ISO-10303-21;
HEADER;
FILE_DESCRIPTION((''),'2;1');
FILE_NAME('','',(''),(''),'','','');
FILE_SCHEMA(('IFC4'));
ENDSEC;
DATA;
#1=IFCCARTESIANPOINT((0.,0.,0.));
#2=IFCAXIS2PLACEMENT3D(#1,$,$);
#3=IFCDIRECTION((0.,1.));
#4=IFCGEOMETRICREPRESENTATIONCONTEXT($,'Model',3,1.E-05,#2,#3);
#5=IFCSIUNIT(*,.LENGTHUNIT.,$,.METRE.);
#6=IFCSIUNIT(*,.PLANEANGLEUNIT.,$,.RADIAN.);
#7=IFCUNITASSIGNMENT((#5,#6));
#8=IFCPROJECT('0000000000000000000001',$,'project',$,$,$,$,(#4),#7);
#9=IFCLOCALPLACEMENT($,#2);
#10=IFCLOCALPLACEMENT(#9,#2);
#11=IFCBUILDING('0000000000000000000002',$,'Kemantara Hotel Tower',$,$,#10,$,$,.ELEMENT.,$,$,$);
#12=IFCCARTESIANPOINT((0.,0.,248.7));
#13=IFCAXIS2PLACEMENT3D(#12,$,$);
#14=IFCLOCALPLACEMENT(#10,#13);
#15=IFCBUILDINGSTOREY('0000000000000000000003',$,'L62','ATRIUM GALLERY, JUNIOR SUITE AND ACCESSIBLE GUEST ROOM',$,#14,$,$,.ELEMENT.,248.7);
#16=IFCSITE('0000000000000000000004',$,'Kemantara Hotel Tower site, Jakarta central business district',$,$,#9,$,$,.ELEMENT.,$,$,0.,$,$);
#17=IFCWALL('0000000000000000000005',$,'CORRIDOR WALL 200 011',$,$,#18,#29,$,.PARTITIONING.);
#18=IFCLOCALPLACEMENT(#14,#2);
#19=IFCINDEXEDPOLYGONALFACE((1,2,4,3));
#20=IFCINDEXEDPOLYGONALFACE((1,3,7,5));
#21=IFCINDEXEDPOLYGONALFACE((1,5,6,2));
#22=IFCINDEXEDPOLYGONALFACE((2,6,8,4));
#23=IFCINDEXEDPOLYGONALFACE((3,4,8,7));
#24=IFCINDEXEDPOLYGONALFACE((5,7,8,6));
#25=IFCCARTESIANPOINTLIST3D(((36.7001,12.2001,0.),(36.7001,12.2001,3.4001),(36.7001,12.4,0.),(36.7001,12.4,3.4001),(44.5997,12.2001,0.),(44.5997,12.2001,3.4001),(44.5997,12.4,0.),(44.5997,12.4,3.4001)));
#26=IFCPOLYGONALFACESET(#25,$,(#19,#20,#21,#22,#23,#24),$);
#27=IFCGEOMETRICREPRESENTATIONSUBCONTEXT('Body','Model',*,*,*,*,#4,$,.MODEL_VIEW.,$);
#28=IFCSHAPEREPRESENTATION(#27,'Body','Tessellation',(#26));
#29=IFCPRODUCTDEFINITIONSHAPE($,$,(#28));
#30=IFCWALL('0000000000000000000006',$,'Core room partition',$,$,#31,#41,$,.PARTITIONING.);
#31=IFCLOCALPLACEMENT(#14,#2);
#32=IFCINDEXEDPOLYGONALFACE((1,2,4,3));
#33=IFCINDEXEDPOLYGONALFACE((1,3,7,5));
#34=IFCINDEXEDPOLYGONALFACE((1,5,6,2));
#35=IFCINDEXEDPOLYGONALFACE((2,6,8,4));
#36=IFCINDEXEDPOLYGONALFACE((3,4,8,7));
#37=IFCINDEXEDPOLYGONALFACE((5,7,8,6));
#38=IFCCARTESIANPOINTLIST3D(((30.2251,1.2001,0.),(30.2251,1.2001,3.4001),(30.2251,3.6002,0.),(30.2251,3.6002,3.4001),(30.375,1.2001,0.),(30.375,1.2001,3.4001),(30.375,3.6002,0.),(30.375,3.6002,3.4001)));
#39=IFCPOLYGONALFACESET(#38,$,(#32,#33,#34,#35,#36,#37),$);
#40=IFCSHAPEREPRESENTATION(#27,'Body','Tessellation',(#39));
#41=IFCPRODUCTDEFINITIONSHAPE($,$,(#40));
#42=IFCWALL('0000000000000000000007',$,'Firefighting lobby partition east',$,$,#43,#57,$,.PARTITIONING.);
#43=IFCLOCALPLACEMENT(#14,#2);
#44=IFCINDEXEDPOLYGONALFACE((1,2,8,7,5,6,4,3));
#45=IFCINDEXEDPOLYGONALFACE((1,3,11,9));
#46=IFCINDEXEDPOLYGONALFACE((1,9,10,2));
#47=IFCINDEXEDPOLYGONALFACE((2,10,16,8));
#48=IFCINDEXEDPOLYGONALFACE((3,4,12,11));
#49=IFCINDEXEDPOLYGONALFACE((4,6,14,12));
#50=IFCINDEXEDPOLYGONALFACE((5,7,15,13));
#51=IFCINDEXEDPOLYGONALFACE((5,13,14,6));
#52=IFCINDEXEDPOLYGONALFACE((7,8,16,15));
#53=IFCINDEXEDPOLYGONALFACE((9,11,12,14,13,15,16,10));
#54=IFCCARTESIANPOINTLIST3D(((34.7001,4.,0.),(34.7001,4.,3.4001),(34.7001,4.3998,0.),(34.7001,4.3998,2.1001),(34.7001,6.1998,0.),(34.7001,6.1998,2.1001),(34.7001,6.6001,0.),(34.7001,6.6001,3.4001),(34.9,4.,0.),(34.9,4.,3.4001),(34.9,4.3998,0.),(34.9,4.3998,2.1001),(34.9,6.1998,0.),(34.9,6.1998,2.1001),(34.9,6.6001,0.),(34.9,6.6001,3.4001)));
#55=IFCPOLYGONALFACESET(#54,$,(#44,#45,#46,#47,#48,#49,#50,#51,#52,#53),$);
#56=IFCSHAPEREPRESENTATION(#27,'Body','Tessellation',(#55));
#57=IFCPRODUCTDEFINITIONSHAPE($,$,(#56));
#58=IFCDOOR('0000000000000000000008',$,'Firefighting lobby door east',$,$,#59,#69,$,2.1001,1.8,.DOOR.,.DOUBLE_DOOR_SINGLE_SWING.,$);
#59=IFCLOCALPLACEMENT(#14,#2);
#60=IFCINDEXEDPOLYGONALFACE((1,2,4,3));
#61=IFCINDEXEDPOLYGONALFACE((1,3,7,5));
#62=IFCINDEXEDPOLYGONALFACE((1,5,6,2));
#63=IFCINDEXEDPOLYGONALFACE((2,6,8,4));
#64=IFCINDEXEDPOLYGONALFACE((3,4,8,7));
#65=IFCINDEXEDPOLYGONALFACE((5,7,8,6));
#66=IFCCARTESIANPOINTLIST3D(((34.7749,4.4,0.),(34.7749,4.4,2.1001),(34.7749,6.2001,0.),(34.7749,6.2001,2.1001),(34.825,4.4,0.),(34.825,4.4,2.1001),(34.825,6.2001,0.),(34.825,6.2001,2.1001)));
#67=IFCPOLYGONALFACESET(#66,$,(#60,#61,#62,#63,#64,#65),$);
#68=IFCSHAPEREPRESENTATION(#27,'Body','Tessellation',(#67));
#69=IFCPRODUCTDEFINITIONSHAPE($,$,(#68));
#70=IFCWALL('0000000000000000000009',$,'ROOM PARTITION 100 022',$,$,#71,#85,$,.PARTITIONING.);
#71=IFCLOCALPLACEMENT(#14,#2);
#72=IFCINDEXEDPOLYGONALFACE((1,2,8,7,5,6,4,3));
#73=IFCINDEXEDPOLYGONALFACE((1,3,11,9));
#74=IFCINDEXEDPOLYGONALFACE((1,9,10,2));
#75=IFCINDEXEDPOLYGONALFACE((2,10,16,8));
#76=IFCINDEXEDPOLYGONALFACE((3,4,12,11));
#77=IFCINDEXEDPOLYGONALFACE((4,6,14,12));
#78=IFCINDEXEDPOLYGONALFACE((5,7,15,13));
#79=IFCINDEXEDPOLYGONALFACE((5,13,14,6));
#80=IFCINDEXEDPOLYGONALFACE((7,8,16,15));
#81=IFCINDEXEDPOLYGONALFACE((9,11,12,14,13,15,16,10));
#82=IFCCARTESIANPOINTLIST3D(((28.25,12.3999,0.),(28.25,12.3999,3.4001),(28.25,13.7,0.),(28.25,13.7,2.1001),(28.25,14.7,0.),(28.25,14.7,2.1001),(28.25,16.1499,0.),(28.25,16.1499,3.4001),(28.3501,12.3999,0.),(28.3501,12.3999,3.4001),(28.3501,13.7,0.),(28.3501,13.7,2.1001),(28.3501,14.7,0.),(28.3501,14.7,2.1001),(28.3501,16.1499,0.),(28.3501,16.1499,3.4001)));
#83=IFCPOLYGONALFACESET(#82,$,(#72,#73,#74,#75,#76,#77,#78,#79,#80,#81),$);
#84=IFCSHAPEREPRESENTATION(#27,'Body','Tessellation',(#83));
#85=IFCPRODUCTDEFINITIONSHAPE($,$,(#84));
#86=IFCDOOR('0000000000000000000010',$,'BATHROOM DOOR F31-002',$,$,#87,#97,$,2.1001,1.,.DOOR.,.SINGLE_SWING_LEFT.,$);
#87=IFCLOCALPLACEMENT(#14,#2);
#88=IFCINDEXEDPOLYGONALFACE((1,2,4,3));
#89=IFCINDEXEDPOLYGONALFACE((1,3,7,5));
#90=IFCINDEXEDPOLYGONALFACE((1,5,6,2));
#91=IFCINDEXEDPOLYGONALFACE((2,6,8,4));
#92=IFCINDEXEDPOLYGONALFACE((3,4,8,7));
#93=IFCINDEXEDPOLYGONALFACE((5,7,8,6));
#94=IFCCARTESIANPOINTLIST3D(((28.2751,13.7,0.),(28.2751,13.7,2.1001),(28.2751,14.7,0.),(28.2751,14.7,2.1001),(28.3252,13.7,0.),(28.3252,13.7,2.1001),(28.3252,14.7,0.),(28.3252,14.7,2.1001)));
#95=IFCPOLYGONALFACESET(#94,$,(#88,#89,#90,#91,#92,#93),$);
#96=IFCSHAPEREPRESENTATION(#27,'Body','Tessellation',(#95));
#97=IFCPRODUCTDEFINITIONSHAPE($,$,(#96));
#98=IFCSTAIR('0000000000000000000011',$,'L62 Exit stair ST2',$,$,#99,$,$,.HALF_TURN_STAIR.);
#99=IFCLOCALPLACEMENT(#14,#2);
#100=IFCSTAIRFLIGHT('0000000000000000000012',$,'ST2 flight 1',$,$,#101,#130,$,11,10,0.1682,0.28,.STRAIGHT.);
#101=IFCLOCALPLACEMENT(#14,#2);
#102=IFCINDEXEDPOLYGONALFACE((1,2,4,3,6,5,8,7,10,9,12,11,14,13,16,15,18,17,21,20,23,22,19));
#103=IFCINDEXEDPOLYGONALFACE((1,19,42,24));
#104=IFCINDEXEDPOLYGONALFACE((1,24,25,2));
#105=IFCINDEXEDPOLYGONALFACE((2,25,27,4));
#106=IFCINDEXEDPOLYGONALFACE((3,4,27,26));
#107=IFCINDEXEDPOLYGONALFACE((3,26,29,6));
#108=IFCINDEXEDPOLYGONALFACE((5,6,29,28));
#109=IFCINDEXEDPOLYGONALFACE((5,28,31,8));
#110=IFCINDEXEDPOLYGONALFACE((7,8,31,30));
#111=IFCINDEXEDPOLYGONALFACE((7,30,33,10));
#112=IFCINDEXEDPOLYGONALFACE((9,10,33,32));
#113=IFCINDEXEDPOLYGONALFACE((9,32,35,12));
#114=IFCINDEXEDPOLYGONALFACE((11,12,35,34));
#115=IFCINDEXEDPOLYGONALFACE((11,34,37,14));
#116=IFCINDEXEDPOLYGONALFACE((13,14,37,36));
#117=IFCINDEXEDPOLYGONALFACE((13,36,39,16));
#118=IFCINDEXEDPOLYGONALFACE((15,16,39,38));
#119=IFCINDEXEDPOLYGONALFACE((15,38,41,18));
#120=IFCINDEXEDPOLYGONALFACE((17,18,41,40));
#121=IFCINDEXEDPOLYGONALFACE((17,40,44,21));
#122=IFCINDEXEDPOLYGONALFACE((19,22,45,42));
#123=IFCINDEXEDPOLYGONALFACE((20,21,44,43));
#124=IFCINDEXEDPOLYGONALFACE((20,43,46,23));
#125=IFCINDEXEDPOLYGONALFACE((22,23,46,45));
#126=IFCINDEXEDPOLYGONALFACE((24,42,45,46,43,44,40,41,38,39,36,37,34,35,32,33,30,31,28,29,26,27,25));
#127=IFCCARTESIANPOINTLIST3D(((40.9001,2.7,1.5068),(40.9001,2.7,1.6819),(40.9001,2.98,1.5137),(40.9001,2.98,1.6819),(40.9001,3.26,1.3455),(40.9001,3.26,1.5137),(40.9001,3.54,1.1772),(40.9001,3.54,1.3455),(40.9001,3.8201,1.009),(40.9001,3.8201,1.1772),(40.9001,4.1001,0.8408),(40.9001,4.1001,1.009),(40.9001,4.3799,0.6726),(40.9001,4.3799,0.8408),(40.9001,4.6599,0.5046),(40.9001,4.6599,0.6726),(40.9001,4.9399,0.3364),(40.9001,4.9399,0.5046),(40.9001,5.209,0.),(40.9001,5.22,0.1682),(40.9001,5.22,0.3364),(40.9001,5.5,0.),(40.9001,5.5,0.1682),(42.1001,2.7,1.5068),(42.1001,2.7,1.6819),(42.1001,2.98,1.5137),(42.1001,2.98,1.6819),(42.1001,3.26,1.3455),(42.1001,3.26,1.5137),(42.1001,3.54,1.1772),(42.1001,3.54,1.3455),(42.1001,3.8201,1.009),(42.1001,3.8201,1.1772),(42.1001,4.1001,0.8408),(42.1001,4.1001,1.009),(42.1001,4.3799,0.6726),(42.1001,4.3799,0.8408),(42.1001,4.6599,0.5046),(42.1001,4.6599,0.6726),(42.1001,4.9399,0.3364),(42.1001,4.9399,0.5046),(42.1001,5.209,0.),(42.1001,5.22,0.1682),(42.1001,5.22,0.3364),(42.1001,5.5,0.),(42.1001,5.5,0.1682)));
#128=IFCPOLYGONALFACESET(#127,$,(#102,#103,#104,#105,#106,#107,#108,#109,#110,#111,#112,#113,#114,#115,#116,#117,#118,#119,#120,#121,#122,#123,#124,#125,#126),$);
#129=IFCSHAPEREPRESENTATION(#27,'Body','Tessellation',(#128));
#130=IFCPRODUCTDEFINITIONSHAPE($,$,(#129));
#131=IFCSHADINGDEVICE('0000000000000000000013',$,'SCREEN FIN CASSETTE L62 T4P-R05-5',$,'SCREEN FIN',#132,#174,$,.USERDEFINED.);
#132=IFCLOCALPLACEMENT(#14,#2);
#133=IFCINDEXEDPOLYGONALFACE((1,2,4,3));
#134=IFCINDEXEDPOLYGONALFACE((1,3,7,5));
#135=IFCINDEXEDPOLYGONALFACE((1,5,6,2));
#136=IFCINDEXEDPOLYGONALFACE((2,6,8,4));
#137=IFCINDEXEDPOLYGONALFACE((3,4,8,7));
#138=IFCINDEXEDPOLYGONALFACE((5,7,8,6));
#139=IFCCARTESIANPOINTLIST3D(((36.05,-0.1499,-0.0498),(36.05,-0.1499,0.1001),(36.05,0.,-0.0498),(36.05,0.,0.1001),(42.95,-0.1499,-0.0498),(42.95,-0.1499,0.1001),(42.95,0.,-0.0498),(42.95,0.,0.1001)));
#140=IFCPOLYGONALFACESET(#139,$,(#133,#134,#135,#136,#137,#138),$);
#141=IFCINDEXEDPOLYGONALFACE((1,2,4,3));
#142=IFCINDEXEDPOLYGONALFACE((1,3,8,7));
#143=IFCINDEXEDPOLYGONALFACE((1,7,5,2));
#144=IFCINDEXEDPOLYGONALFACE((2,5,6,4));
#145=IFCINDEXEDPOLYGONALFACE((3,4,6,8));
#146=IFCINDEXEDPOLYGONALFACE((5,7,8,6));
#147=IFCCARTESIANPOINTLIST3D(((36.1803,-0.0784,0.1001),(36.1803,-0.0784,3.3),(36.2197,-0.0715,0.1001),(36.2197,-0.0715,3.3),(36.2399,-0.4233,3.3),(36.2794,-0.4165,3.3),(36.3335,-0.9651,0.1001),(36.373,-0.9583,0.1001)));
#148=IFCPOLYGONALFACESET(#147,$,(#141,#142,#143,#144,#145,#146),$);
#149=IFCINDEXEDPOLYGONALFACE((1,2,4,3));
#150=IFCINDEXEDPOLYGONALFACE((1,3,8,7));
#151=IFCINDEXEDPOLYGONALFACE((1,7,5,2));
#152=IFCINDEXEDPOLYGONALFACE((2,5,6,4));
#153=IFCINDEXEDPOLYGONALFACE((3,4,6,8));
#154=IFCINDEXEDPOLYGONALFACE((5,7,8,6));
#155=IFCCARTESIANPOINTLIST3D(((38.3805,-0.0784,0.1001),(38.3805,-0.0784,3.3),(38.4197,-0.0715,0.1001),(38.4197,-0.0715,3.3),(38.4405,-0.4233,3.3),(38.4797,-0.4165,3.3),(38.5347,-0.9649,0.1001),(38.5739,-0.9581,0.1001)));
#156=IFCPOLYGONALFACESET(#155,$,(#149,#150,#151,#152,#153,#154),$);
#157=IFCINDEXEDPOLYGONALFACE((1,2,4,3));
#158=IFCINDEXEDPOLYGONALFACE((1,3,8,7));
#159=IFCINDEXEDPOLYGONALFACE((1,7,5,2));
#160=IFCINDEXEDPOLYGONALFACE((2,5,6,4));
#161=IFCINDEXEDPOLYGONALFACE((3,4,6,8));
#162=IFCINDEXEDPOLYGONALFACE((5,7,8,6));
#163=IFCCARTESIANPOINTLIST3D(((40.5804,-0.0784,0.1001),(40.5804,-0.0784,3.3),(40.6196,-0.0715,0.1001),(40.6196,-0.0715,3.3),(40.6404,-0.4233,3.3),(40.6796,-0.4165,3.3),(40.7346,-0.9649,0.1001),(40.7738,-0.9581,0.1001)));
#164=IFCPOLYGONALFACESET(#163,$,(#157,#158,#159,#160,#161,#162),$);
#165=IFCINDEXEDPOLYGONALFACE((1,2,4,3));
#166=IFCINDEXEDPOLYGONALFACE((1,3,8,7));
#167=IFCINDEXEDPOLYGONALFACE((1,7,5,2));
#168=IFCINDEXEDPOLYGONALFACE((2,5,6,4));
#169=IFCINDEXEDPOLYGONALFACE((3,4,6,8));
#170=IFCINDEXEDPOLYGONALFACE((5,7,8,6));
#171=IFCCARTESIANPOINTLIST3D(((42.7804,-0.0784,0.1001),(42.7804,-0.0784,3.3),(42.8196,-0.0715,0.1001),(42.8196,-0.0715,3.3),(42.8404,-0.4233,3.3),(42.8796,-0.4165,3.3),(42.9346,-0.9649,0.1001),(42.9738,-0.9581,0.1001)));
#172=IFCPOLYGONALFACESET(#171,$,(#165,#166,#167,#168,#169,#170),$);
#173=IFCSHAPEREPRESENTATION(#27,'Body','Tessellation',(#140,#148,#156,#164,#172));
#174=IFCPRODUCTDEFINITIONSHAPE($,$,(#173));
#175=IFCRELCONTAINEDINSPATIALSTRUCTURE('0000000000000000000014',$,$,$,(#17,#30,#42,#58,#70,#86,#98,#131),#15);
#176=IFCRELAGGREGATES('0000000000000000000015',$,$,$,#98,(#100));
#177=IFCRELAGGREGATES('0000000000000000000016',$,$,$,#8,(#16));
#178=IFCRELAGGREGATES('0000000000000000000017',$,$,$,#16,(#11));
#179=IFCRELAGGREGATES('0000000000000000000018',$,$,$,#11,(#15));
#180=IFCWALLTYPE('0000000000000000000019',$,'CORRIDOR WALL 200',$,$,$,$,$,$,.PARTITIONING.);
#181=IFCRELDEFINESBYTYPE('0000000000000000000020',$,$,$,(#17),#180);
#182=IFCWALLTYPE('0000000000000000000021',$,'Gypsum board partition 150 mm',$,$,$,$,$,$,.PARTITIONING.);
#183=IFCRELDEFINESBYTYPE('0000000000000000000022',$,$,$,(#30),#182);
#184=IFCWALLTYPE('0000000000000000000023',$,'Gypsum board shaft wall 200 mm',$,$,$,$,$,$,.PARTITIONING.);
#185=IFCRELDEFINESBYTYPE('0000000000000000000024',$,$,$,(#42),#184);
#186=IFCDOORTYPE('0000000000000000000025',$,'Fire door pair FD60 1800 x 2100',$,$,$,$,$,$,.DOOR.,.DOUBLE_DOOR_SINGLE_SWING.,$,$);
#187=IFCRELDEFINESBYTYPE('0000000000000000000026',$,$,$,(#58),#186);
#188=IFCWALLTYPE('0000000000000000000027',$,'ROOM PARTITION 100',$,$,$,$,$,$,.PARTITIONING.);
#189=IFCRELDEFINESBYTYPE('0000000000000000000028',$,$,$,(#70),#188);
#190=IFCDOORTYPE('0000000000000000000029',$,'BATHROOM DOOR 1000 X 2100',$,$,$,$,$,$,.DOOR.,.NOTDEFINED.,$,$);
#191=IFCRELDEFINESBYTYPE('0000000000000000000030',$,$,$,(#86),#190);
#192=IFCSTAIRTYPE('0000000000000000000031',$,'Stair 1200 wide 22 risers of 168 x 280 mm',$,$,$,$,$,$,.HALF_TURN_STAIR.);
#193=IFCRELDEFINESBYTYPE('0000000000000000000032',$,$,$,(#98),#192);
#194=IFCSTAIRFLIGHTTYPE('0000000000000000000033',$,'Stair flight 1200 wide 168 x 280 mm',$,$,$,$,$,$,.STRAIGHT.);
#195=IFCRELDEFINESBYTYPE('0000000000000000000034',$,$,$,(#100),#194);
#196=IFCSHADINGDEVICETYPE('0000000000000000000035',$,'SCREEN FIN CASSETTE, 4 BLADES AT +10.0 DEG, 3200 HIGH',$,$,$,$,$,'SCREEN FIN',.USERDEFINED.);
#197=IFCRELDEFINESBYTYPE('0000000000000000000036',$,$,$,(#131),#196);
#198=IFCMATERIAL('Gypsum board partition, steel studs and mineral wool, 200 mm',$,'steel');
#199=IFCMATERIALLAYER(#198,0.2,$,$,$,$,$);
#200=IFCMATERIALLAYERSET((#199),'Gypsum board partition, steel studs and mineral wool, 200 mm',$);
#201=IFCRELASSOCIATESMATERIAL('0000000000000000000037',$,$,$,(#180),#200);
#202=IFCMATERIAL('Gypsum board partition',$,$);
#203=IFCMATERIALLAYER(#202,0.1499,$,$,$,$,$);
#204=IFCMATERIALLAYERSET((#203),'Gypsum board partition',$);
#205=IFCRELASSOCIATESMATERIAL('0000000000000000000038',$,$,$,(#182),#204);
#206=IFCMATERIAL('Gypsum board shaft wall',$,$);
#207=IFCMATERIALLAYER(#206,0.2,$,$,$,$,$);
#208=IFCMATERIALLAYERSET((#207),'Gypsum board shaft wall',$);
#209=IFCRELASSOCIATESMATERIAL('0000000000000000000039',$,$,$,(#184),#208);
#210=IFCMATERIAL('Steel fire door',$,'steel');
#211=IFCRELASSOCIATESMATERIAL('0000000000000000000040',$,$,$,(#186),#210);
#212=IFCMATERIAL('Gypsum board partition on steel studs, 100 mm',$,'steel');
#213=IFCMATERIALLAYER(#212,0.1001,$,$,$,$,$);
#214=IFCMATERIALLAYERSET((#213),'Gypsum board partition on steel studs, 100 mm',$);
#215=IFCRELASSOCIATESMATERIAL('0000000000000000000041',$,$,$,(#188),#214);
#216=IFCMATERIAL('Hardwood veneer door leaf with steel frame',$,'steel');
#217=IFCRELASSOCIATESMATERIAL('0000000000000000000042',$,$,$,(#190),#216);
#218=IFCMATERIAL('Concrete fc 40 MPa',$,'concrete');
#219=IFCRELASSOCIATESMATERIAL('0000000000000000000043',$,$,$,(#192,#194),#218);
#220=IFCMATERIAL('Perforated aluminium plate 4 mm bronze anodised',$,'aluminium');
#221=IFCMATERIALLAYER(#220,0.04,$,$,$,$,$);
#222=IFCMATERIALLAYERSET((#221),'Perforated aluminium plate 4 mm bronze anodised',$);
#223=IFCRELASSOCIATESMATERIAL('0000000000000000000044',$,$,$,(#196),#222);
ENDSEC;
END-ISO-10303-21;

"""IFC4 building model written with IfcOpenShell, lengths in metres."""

from ifc_helpers import new_model, si_unit, direction, frame, frame_2d, origin, origin_2d, place, context, subcontext, project, spatial, polyline, rectangle, outline, extrude, source, transform, mapped, material, layer, layer_set, type_object, element, fill, aggregate, save


model = new_model("IFC4")

# Units and contexts
model_context = context("Model", 3, precision=1e-05, world=origin(), true_north=direction((0.0, 1.0)))
body_context = subcontext(model_context, "Body", "Model", "MODEL_VIEW")
ifc_project = project(units=[si_unit("LENGTHUNIT", "METRE"), si_unit("PLANEANGLEUNIT", "RADIAN")], contexts=[model_context])

# Site, building, storey
site_placement = place(None, origin())
site = spatial("IfcSite", under=ifc_project, at=site_placement, Name="Kemantara Hotel Tower site, Jakarta central business district", CompositionType="ELEMENT", RefElevation=0.0)
building_placement = place(site_placement, origin())
building = spatial("IfcBuilding", under=site, at=building_placement, Name="Kemantara Hotel Tower", CompositionType="ELEMENT")
storey_placement = place(building_placement, frame((0.0, 0.0, 248.7)))
storey = spatial("IfcBuildingStorey", under=building, at=storey_placement, Name="L62", Description="ATRIUM GALLERY, JUNIOR SUITE AND ACCESSIBLE GUEST ROOM", CompositionType="ELEMENT", Elevation=248.7)

# Shared definitions
ifc_material_1 = material(Name="Steel fire door", Category="steel")

# Shared definitions
ifc_material_2 = material(Name="Gypsum board partition, steel studs and mineral wool, 200 mm", Category="steel")
ifc_layer_1 = layer(ifc_material_2, 0.2)
ifc_layer_set_1 = layer_set([ifc_layer_1], Name="Gypsum board partition, steel studs and mineral wool, 200 mm")
wall_type_1 = type_object("IfcWallType", Name="CORRIDOR WALL 200", PredefinedType="PARTITIONING", material=ifc_layer_set_1)
ifc_material_3 = material(Name="Hardwood veneer door leaf with steel frame", Category="steel")

# Walls
wall_1_placement = place(storey_placement, frame((36.7002, 12.3, 0.0), z_axis=(0.0, 0.0, 1.0), x_axis=(1.0, 0.0, 0.0)))
element("IfcWall", 1, at=wall_1_placement, inside=storey, type_object=wall_type_1, Name="CORRIDOR WALL 200 011", PredefinedType="PARTITIONING", context=body_context, shape_type="SweptSolid", body=[
    extrude(rectangle(XDim=7.8997, YDim=0.2, at=frame_2d((3.9497, 0.0))), origin(), (0.0, 0.0, 1.0), 3.4001),
])
ifc_material_4 = material(Name="Gypsum board partition")
ifc_layer_2 = layer(ifc_material_4, 0.1499)
ifc_layer_set_2 = layer_set([ifc_layer_2], Name="Gypsum board partition")
wall_type_2 = type_object("IfcWallType", Name="Gypsum board partition 150 mm", PredefinedType="PARTITIONING", material=ifc_layer_set_2)
wall_2_placement = place(storey_placement, frame((30.3, 1.2, 0.0), z_axis=(0.0, 0.0, 1.0), x_axis=(0.0, 1.0, 0.0)))
element("IfcWall", 2, at=wall_2_placement, inside=storey, type_object=wall_type_2, Name="Core room partition", PredefinedType="PARTITIONING", context=body_context, shape_type="SweptSolid", body=[
    extrude(rectangle(XDim=2.4001, YDim=0.1499, at=frame_2d((1.2002, 0.0))), origin(), (0.0, 0.0, 1.0), 3.4001),
])

# Walls, openings, doors
ifc_material_5 = material(Name="Gypsum board shaft wall")
ifc_layer_3 = layer(ifc_material_5, 0.2)
ifc_layer_set_3 = layer_set([ifc_layer_3], Name="Gypsum board shaft wall")
wall_type_3 = type_object("IfcWallType", Name="Gypsum board shaft wall 200 mm", PredefinedType="PARTITIONING", material=ifc_layer_set_3)
wall_3_placement = place(storey_placement, frame((34.8, 4.0, 0.0), z_axis=(0.0, 0.0, 1.0), x_axis=(0.0, 1.0, 0.0)))
wall_3 = element("IfcWall", 3, at=wall_3_placement, inside=storey, type_object=wall_type_3, Name="Firefighting lobby partition east", PredefinedType="PARTITIONING", context=body_context, shape_type="SweptSolid", body=[
    extrude(rectangle(XDim=2.6001, YDim=0.2, at=frame_2d((1.3, 0.0))), origin(), (0.0, 0.0, 1.0), 3.4001),
])
opening_1_placement = place(wall_3_placement, frame((0.3999, 0.0, 0.0)))
opening_1 = element("IfcOpeningElement", 4, at=opening_1_placement, cuts=wall_3, PredefinedType="OPENING", context=body_context, shape_type="SweptSolid", body=[
    extrude(rectangle(XDim=1.8, YDim=2.1001, at=frame_2d((0.8999, 1.05))), frame((0.0, 0.1099, 0.0), z_axis=(0.0, -1.0, 0.0), x_axis=(1.0, 0.0, 0.0)), (0.0, 0.0, 1.0), 0.22),
])
door_type_1 = type_object("IfcDoorType", Name="Fire door pair FD60 1800 x 2100", OperationType="DOUBLE_DOOR_SINGLE_SWING", PredefinedType="DOOR", material=ifc_material_1)
door_1_placement = place(opening_1_placement, frame((1.8, 0.0, 0.0), z_axis=(0.0, 0.0, 1.0), x_axis=(-1.0, 0.0, 0.0)))
door_1 = element("IfcDoor", 5, at=door_1_placement, inside=storey, type_object=door_type_1, Name="Firefighting lobby door east", OperationType="DOUBLE_DOOR_SINGLE_SWING", OverallHeight=2.1001, OverallWidth=1.8, PredefinedType="DOOR", context=body_context, shape_type="SweptSolid", body=[
    extrude(rectangle(XDim=1.8, YDim=2.1001, at=frame_2d((0.8999, 1.05))), frame((0.0, 0.0249, 0.0), z_axis=(0.0, -1.0, 0.0), x_axis=(1.0, 0.0, 0.0)), (0.0, 0.0, 1.0), 0.05),
])
fill(opening_1, door_1)
ifc_material_6 = material(Name="Gypsum board partition on steel studs, 100 mm", Category="steel")
ifc_layer_4 = layer(ifc_material_6, 0.1001)
ifc_layer_set_4 = layer_set([ifc_layer_4], Name="Gypsum board partition on steel studs, 100 mm")
wall_type_4 = type_object("IfcWallType", Name="ROOM PARTITION 100", PredefinedType="PARTITIONING", material=ifc_layer_set_4)
wall_4_placement = place(storey_placement, frame((28.3, 12.3999, 0.0), z_axis=(0.0, 0.0, 1.0), x_axis=(0.0, 1.0, 0.0)))
wall_4 = element("IfcWall", 6, at=wall_4_placement, inside=storey, type_object=wall_type_4, Name="ROOM PARTITION 100 022", PredefinedType="PARTITIONING", context=body_context, shape_type="SweptSolid", body=[
    extrude(rectangle(XDim=3.75, YDim=0.1001, at=frame_2d((1.875, 0.0))), origin(), (0.0, 0.0, 1.0), 3.4001),
])
opening_2_placement = place(wall_4_placement, frame((1.3, 0.0, 0.0)))
opening_2 = element("IfcOpeningElement", 7, at=opening_2_placement, cuts=wall_4, PredefinedType="OPENING", context=body_context, shape_type="SweptSolid", body=[
    extrude(rectangle(XDim=1.0, YDim=2.1001, at=frame_2d((0.5, 1.05))), frame((0.0, 0.0601, 0.0), z_axis=(0.0, -1.0, 0.0), x_axis=(1.0, 0.0, 0.0)), (0.0, 0.0, 1.0), 0.1201),
])
door_type_2 = type_object("IfcDoorType", Name="BATHROOM DOOR 1000 X 2100", OperationType="NOTDEFINED", PredefinedType="DOOR", material=ifc_material_3)
door_2_placement = place(opening_2_placement, origin())
door_2 = element("IfcDoor", 8, at=door_2_placement, inside=storey, type_object=door_type_2, Name="BATHROOM DOOR F31-002", OperationType="SINGLE_SWING_LEFT", OverallHeight=2.1001, OverallWidth=1.0, PredefinedType="DOOR", context=body_context, shape_type="SweptSolid", body=[
    extrude(rectangle(XDim=1.0, YDim=2.1001, at=frame_2d((0.5, 1.05))), frame((0.0, 0.0249, 0.0), z_axis=(0.0, -1.0, 0.0), x_axis=(1.0, 0.0, 0.0)), (0.0, 0.0, 1.0), 0.05),
])
fill(opening_2, door_2)

# Stair, stair flight
ifc_material_7 = material(Name="Concrete fc 40 MPa", Category="concrete")
stair_type = type_object("IfcStairType", Name="Stair 1200 wide 22 risers of 168 x 280 mm", PredefinedType="HALF_TURN_STAIR", material=ifc_material_7)
stair_placement = place(storey_placement, origin())
stair = element("IfcStair", 9, at=stair_placement, inside=storey, type_object=stair_type, Name="L62 Exit stair ST2", PredefinedType="HALF_TURN_STAIR")
stair_flight_type = type_object("IfcStairFlightType", Name="Stair flight 1200 wide 168 x 280 mm", PredefinedType="STRAIGHT", material=ifc_material_7)
stair_flight_placement = place(storey_placement, frame((41.5, 5.5, 0.0), z_axis=(0.0, 0.0, 1.0), x_axis=(0.0, -1.0, 0.0)))
stair_flight = element("IfcStairFlight", 10, at=stair_flight_placement, type_object=stair_flight_type, Name="ST2 flight 1", NumberOfRisers=11, NumberOfTreads=10, PredefinedType="STRAIGHT", RiserHeight=0.1682, TreadLength=0.28, context=body_context, shape_type="SweptSolid", body=[
    extrude(outline(polyline([(0.0, 0.0), (0.0, 0.1682), (0.28, 0.1682), (0.28, 0.3364), (0.5601, 0.3364), (0.5601, 0.5046), (0.8401, 0.5046), (0.8401, 0.6726), (1.1201, 0.6726), (1.1201, 0.8408), (1.3999, 0.8408), (1.3999, 1.009), (1.6799, 1.009), (1.6799, 1.1772), (1.96, 1.1772), (1.96, 1.3455), (2.24, 1.3455), (2.24, 1.5137), (2.52, 1.5137), (2.52, 1.6819), (2.8, 1.6819), (2.8, 1.8501), (2.8, 1.5068), (0.291, 0.0), (0.0, 0.0)])), frame((0.0, 0.6001, 0.0), z_axis=(0.0, -1.0, 0.0), x_axis=(1.0, 0.0, 0.0)), (0.0, 0.0, 1.0), 1.2),
])
aggregate(stair, [stair_flight])

# Shading device
ifc_material_8 = material(Name="Perforated aluminium plate 4 mm bronze anodised", Category="aluminium")
ifc_layer_5 = layer(ifc_material_8, 0.04)
ifc_layer_set_5 = layer_set([ifc_layer_5], Name="Perforated aluminium plate 4 mm bronze anodised")
shading_device_type = type_object("IfcShadingDeviceType", Name="SCREEN FIN CASSETTE, 4 BLADES AT +10.0 DEG, 3200 HIGH", ElementType="SCREEN FIN", PredefinedType="USERDEFINED", material=ifc_layer_set_5)
shared_shape = source(origin(), body_context, "Body", "SweptSolid", [
    extrude(rectangle(XDim=6.8999, YDim=0.1499, at=origin_2d()), frame((3.3, -0.075, -0.1499), z_axis=(0.0, 0.0, 1.0), x_axis=(1.0, 0.0, 0.0)), (0.0, 0.0, 1.0), 0.1499),
    extrude(outline(polyline([(0.0, 0.0), (0.8999, 0.0), (0.3501, 3.2), (0.0, 3.2), (0.0, 0.0)])), frame((0.0198, -0.0715, 0.0), z_axis=(-0.98539, -0.170314, 0.0), x_axis=(0.170314, -0.98539, 0.0)), (0.0, 0.0, 1.0), 0.04),
    extrude(outline(polyline([(0.0, 0.0), (0.8999, 0.0), (0.3501, 3.2), (0.0, 3.2), (0.0, 0.0)])), frame((2.2197, -0.0715, 0.0), z_axis=(-0.985212, -0.171341, 0.0), x_axis=(0.171341, -0.985212, 0.0)), (0.0, 0.0, 1.0), 0.0398),
    extrude(outline(polyline([(0.0, 0.0), (0.8999, 0.0), (0.3501, 3.2), (0.0, 3.2), (0.0, 0.0)])), frame((4.4197, -0.0715, 0.0), z_axis=(-0.985212, -0.171341, 0.0), x_axis=(0.171341, -0.985212, 0.0)), (0.0, 0.0, 1.0), 0.0398),
    extrude(outline(polyline([(0.0, 0.0), (0.8999, 0.0), (0.3501, 3.2), (0.0, 3.2), (0.0, 0.0)])), frame((6.6196, -0.0715, 0.0), z_axis=(-0.985212, -0.171341, 0.0), x_axis=(0.171341, -0.985212, 0.0)), (0.0, 0.0, 1.0), 0.0398),
])
shading_device_placement = place(storey_placement, frame((36.2, 0.0, 0.1001), z_axis=(0.0, 0.0, 1.0), x_axis=(1.0, 0.0, 0.0)))
element("IfcShadingDevice", 11, at=shading_device_placement, inside=storey, type_object=shading_device_type, Name="SCREEN FIN CASSETTE L62 T4P-R05-5", ObjectType="SCREEN FIN", PredefinedType="USERDEFINED", context=body_context, shape_type="MappedRepresentation", body=[
    mapped(shared_shape, transform((0.0, 0.0, 0.0))),
])

save(model, "model.ifc")
